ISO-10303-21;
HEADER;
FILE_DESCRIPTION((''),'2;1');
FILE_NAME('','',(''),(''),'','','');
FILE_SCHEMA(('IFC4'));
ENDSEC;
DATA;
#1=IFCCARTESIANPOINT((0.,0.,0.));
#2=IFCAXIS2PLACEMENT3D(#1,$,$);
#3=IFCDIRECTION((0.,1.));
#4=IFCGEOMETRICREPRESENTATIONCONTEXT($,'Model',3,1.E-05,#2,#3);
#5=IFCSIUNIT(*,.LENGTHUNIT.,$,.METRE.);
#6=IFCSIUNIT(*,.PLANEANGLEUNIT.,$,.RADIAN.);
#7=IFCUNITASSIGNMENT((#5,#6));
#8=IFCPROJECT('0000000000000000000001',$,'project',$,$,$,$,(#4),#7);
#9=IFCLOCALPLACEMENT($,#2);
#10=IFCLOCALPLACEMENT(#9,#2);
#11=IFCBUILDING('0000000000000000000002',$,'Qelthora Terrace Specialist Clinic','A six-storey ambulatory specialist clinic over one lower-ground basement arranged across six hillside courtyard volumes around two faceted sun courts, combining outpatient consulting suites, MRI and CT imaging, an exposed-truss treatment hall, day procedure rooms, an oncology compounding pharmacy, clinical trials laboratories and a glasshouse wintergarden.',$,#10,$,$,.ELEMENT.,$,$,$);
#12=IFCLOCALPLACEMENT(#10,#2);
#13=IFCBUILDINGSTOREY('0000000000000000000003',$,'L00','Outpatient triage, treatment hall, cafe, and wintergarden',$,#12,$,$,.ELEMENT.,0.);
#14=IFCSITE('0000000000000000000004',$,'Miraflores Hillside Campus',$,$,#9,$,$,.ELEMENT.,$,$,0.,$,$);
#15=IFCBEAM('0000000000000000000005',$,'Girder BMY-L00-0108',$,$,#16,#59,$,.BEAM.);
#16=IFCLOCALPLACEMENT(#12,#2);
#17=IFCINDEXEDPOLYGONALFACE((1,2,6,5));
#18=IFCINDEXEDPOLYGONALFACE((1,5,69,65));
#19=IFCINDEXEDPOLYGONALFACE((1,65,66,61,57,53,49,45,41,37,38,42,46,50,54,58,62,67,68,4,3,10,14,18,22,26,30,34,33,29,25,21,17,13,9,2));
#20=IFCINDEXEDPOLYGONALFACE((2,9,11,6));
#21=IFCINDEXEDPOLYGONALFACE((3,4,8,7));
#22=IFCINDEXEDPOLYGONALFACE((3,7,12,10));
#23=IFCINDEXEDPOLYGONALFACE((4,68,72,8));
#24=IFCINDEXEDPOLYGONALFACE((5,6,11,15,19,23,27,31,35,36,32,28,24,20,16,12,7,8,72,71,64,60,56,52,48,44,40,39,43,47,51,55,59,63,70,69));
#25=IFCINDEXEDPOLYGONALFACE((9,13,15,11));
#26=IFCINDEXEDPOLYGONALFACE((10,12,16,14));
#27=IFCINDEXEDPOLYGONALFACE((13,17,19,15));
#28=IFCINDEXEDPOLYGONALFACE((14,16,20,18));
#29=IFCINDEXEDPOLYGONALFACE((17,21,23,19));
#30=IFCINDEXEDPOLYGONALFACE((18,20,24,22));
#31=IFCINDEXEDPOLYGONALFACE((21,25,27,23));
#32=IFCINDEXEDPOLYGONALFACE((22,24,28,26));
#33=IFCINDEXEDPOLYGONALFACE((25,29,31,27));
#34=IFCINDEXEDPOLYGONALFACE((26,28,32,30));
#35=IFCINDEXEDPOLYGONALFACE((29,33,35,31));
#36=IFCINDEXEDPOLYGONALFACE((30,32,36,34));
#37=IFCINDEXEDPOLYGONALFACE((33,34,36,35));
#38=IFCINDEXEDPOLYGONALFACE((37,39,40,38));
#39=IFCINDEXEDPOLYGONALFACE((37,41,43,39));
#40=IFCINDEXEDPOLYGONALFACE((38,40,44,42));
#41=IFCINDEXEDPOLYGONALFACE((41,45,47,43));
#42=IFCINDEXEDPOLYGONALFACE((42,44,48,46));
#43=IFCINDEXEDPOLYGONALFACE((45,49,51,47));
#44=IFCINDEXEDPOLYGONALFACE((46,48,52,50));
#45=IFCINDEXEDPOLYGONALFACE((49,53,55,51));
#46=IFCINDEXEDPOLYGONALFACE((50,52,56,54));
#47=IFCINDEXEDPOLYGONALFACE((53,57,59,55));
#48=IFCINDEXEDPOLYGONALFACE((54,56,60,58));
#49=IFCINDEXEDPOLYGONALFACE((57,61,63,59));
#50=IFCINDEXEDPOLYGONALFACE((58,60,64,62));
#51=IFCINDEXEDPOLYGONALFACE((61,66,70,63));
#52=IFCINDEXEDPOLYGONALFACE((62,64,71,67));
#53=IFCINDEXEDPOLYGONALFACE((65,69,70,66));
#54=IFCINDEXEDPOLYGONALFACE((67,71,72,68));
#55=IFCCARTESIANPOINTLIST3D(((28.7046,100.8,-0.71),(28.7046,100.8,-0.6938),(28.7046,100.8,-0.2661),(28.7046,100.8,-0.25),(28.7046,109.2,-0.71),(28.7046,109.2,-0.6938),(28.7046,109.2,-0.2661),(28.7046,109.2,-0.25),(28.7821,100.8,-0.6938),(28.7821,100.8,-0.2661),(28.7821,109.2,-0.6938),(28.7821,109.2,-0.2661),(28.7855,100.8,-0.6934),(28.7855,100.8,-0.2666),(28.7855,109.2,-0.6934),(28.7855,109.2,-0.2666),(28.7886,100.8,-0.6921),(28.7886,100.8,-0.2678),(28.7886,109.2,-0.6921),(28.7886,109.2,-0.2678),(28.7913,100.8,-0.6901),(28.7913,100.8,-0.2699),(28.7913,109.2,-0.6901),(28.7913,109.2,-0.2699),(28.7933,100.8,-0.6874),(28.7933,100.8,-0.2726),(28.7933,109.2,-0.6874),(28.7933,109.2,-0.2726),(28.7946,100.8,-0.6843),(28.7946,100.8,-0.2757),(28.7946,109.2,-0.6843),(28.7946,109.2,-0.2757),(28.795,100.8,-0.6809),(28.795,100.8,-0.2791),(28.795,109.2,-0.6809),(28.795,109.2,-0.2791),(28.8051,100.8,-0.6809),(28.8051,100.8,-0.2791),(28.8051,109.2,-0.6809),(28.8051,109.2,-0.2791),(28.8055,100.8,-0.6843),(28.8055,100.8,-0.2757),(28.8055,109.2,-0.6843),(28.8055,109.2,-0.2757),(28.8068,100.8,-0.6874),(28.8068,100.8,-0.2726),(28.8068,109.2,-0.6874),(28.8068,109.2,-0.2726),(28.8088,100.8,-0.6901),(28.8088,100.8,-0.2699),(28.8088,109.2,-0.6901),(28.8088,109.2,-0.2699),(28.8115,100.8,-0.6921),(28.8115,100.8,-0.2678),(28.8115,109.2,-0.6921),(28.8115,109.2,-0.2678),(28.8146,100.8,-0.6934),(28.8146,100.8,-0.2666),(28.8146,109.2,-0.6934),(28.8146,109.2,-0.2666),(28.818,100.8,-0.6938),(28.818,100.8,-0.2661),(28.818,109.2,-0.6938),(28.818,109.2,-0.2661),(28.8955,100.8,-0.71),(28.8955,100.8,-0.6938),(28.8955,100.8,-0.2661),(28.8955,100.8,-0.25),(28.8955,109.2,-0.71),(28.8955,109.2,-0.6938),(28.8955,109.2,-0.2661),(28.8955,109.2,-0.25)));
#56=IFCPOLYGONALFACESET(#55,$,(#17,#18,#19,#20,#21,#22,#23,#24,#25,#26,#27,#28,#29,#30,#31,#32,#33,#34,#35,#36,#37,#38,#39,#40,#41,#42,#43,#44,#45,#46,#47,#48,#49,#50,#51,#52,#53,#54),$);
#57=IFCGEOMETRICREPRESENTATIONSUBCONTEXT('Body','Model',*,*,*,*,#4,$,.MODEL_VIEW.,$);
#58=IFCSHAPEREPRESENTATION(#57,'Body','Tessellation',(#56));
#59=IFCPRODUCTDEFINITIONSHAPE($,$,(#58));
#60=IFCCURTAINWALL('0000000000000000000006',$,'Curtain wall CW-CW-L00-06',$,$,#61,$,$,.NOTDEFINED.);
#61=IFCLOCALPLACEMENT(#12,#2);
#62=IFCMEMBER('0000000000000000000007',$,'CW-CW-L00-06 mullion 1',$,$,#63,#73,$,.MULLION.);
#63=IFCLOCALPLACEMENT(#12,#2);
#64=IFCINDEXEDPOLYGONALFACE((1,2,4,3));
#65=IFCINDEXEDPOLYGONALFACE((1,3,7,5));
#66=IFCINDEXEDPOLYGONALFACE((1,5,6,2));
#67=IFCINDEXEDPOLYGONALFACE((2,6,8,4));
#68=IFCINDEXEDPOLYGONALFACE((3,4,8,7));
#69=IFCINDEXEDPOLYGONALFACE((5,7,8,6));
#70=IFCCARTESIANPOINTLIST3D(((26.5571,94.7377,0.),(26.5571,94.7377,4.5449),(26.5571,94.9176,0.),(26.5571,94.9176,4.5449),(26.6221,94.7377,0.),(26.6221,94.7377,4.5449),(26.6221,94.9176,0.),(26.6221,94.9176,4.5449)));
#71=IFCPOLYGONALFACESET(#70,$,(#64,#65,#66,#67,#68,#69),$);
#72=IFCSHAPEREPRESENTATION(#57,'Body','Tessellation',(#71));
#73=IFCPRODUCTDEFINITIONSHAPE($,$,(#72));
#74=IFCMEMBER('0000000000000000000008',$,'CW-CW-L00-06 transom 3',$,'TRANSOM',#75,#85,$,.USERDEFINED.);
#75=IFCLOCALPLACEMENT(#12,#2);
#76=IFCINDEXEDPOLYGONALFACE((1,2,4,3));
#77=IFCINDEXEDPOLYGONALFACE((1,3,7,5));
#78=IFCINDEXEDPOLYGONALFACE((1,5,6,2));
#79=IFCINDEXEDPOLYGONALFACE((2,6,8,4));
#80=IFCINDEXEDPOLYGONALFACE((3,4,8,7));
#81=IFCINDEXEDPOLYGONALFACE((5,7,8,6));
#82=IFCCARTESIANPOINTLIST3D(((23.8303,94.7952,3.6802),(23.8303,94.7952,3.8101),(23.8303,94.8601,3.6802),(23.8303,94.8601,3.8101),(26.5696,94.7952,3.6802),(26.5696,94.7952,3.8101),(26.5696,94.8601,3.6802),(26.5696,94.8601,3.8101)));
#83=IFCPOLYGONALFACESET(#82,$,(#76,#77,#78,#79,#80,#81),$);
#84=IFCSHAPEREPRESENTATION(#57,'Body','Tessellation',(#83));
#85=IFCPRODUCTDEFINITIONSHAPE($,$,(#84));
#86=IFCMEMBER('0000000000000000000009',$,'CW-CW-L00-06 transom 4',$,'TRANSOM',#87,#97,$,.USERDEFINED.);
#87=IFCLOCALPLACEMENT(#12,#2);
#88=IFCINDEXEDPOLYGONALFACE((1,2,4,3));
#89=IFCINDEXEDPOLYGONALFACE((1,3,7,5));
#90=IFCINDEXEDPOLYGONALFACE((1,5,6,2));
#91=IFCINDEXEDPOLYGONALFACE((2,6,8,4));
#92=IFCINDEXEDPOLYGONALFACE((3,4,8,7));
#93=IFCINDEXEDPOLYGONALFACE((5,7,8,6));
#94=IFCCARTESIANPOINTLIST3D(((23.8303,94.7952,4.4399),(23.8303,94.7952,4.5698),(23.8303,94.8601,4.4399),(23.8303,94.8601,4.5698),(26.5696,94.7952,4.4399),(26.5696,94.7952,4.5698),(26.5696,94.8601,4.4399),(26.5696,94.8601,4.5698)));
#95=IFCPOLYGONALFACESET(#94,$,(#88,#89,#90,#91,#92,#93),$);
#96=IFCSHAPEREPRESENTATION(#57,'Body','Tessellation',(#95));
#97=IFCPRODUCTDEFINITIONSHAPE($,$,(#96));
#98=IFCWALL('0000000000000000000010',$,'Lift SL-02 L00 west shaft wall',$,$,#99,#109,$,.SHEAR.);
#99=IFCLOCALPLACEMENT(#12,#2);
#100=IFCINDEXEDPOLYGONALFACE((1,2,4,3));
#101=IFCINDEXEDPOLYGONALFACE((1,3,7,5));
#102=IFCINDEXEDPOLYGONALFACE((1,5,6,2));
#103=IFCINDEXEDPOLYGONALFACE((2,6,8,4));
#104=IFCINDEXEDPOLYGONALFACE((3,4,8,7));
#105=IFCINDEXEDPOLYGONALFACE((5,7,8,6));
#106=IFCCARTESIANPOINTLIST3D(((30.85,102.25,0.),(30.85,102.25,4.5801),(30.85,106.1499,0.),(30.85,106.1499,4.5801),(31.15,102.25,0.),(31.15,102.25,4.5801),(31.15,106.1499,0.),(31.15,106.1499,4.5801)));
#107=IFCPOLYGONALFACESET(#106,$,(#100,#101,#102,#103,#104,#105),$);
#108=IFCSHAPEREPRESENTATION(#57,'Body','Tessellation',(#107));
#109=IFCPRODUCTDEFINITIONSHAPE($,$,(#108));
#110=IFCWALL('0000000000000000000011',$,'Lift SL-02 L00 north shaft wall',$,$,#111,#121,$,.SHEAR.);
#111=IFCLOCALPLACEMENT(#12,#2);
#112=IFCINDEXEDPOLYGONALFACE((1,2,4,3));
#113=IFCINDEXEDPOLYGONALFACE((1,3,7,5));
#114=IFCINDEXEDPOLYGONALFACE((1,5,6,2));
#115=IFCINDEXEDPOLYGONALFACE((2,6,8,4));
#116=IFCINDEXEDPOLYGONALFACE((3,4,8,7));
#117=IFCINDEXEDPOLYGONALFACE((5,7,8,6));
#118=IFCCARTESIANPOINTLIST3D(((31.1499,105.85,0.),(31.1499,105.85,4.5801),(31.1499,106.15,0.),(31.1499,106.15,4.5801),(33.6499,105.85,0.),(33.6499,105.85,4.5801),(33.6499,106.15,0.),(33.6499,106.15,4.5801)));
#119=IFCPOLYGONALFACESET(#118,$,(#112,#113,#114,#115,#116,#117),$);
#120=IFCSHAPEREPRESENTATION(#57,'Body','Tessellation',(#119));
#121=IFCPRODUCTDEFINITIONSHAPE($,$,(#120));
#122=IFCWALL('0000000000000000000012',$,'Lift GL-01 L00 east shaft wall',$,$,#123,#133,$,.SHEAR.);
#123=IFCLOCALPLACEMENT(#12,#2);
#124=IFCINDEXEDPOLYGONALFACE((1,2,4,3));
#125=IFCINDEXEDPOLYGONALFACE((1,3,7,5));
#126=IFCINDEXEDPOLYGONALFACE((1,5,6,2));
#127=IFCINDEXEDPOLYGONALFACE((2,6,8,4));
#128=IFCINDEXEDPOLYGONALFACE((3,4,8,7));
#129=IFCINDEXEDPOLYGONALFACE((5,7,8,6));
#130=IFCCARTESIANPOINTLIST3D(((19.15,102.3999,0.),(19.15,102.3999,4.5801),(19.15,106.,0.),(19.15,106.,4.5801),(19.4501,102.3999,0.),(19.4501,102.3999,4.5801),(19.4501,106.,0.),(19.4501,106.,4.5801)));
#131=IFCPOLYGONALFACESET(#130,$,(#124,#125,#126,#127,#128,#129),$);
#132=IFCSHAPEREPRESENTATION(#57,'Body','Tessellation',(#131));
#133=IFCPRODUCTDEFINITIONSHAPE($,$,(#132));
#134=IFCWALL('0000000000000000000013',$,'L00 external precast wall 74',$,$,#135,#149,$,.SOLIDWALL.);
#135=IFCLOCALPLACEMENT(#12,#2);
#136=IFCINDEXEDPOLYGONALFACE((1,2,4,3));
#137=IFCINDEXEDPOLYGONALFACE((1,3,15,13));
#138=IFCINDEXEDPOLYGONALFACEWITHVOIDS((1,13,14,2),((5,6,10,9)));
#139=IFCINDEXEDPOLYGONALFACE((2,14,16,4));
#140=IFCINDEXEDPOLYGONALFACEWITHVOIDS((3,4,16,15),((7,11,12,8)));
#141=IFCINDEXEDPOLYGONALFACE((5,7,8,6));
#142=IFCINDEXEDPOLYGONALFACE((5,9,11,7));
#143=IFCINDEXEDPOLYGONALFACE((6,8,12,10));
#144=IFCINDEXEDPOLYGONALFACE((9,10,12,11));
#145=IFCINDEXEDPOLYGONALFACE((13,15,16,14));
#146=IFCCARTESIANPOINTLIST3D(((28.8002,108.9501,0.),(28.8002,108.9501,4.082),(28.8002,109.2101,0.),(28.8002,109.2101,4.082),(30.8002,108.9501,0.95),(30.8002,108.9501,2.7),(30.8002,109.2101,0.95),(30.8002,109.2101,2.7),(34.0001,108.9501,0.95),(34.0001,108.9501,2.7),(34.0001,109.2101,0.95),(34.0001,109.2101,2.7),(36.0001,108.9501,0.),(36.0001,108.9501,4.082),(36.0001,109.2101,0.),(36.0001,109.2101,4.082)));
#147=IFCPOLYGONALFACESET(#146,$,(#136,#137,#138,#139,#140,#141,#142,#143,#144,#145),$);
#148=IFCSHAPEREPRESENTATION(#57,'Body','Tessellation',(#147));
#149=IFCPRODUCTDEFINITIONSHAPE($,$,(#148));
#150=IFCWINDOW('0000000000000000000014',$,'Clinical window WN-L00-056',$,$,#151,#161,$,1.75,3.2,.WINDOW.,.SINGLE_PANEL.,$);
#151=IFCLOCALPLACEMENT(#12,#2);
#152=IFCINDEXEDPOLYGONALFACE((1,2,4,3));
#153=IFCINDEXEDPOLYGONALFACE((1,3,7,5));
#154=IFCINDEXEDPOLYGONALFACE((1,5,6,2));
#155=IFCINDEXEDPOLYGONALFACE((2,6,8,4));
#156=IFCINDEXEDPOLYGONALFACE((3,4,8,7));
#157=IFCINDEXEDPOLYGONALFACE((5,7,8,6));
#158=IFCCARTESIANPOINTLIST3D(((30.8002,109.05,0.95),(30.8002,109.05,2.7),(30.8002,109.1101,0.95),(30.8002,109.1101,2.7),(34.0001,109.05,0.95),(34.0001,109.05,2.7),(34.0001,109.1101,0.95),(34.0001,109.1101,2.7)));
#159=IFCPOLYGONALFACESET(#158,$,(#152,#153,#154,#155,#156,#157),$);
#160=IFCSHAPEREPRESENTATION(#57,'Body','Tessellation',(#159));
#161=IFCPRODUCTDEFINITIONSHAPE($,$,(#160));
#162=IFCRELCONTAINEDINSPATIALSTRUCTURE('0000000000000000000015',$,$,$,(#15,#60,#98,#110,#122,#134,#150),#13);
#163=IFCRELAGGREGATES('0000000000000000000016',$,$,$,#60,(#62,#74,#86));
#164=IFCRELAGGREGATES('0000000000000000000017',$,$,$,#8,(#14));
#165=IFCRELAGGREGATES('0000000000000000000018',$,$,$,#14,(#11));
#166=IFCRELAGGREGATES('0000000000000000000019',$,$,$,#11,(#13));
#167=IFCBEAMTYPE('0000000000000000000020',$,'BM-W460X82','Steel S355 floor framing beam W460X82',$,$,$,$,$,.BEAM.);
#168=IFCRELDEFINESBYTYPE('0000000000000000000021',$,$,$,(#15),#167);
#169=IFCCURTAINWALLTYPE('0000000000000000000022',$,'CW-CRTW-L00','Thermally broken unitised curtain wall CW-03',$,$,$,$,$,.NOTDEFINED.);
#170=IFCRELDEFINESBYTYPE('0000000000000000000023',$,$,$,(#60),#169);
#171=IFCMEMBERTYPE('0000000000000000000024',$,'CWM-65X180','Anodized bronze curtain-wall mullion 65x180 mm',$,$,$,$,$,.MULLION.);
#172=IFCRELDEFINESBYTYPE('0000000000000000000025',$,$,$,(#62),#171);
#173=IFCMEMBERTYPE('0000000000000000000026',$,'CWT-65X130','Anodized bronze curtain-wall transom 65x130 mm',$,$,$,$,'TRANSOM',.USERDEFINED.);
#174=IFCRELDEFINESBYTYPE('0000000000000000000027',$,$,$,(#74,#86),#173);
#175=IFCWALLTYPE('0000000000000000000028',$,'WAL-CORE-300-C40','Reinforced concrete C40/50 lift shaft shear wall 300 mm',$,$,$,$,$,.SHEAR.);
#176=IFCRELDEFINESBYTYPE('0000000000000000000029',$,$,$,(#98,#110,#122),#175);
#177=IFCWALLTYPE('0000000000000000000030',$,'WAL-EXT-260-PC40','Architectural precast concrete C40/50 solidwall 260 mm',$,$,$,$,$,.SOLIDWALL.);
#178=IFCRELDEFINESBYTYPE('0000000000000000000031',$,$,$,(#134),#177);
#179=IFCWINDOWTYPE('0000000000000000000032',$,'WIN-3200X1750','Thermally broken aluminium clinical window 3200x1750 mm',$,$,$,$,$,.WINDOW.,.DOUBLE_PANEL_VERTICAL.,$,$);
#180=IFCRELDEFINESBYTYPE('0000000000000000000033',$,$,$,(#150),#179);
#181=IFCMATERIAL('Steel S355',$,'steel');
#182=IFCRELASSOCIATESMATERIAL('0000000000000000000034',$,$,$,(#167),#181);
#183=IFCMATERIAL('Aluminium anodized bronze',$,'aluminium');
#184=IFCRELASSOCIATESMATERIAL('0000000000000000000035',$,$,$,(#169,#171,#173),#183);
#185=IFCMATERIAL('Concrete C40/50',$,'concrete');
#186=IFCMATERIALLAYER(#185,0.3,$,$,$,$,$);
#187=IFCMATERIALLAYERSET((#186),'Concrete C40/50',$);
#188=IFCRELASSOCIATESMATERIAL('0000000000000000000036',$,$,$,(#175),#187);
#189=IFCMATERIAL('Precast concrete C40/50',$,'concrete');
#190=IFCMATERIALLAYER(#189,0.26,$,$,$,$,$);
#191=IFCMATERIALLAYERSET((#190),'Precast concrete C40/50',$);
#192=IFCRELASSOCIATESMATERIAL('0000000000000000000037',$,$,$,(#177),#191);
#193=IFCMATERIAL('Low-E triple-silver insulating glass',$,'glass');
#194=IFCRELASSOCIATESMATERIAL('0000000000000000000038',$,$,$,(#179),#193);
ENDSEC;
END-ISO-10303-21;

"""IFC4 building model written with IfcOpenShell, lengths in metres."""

from ifc_helpers import new_model, si_unit, direction, frame, frame_2d, origin, origin_2d, place, context, subcontext, project, spatial, rectangle, i_section, extrude, material, layer, layer_set, material_profile, profile_set, type_object, element, fill, aggregate, save


model = new_model("IFC4")

# Units and contexts
model_context = context("Model", 3, precision=1e-05, world=origin(), true_north=direction((0.0, 1.0)))
body_context = subcontext(model_context, "Body", "Model", "MODEL_VIEW")
ifc_project = project(units=[si_unit("LENGTHUNIT", "METRE"), si_unit("PLANEANGLEUNIT", "RADIAN")], contexts=[model_context])

# Site, building, storey
site_placement = place(None, origin())
site = spatial("IfcSite", under=ifc_project, at=site_placement, Name="Miraflores Hillside Campus", CompositionType="ELEMENT", RefElevation=0.0)
building_placement = place(site_placement, origin())
building = spatial("IfcBuilding", under=site, at=building_placement, Name="Qelthora Terrace Specialist Clinic", Description="A six-storey ambulatory specialist clinic over one lower-ground basement arranged across six hillside courtyard volumes around two faceted sun courts, combining outpatient consulting suites, MRI and CT imaging, an exposed-truss treatment hall, day procedure rooms, an oncology compounding pharmacy, clinical trials laboratories and a glasshouse wintergarden.", CompositionType="ELEMENT")
storey_placement = place(building_placement, origin())
storey = spatial("IfcBuildingStorey", under=building, at=storey_placement, Name="L00", Description="Outpatient triage, treatment hall, cafe, and wintergarden", CompositionType="ELEMENT", Elevation=0.0)

# Shared definitions
ifc_material_1 = material(Name="Steel S355", Category="steel")

# Beam
ifc_material_profile_1 = material_profile(ifc_material_1, i_section(OverallWidth=0.1909, OverallDepth=0.46, WebThickness=0.01, FlangeThickness=0.0161, FilletRadius=0.0129, at=origin_2d()), Name="W460X82")
ifc_profile_set_1 = profile_set([ifc_material_profile_1], Name="Steel S355")
beam_type_1 = type_object("IfcBeamType", Name="BM-W460X82", Description="Steel S355 floor framing beam W460X82", PredefinedType="BEAM", material=ifc_profile_set_1)
beam_1_placement = place(storey_placement, frame((28.8, 100.8, -0.48), z_axis=(0.0, 1.0, 0.0), x_axis=(-1.0, 0.0, 0.0)))
element("IfcBeam", 1, at=beam_1_placement, inside=storey, type_object=beam_type_1, Name="Girder BMY-L00-0108", PredefinedType="BEAM", context=body_context, shape_type="SweptSolid", body=[
    extrude(i_section(OverallWidth=0.1909, OverallDepth=0.46, WebThickness=0.01, FlangeThickness=0.0161, FilletRadius=0.0129, at=origin_2d()), origin(), (0.0, 0.0, 1.0), 8.3999),
])

# Curtain wall, members
ifc_material_2 = material(Name="Aluminium anodized bronze", Category="aluminium")
curtain_wall_type = type_object("IfcCurtainWallType", Name="CW-CRTW-L00", Description="Thermally broken unitised curtain wall CW-03", PredefinedType="NOTDEFINED", material=ifc_material_2)
curtain_wall_placement = place(storey_placement, origin())
curtain_wall = element("IfcCurtainWall", 2, at=curtain_wall_placement, inside=storey, type_object=curtain_wall_type, Name="Curtain wall CW-CW-L00-06", PredefinedType="NOTDEFINED")
ifc_material_profile_2 = material_profile(ifc_material_2, rectangle(XDim=0.0649, YDim=0.1799, at=origin_2d()), Name="CWM65X180")
ifc_profile_set_2 = profile_set([ifc_material_profile_2], Name="Aluminium anodized bronze")
member_type_1 = type_object("IfcMemberType", Name="CWM-65X180", Description="Anodized bronze curtain-wall mullion 65x180 mm", PredefinedType="MULLION", material=ifc_profile_set_2)
member_1_placement = place(storey_placement, frame((26.5896, 94.8276, 0.0), z_axis=(0.0, 0.0, 1.0), x_axis=(-1.0, 0.0, 0.0)))
member_1 = element("IfcMember", 3, at=member_1_placement, type_object=member_type_1, Name="CW-CW-L00-06 mullion 1", PredefinedType="MULLION", context=body_context, shape_type="SweptSolid", body=[
    extrude(rectangle(XDim=0.0649, YDim=0.1799, at=origin_2d()), origin(), (0.0, 0.0, 1.0), 4.5449),
])
ifc_material_profile_3 = material_profile(ifc_material_2, rectangle(XDim=0.0649, YDim=0.1299, at=origin_2d()), Name="CWT65X130")
ifc_profile_set_3 = profile_set([ifc_material_profile_3], Name="Aluminium anodized bronze")
member_type_2 = type_object("IfcMemberType", Name="CWT-65X130", Description="Anodized bronze curtain-wall transom 65x130 mm", ElementType="TRANSOM", PredefinedType="USERDEFINED", material=ifc_profile_set_3)
member_2_placement = place(storey_placement, frame((26.5696, 94.8276, 3.7451), z_axis=(-1.0, 0.0, 0.0), x_axis=(0.0, -1.0, 0.0)))
member_2 = element("IfcMember", 4, at=member_2_placement, type_object=member_type_2, Name="CW-CW-L00-06 transom 3", ObjectType="TRANSOM", PredefinedType="USERDEFINED", context=body_context, shape_type="SweptSolid", body=[
    extrude(rectangle(XDim=0.0649, YDim=0.1299, at=origin_2d()), origin(), (0.0, 0.0, 1.0), 2.7393),
])
member_3_placement = place(storey_placement, frame((26.5696, 94.8276, 4.5049), z_axis=(-1.0, 0.0, 0.0), x_axis=(0.0, -1.0, 0.0)))
member_3 = element("IfcMember", 5, at=member_3_placement, type_object=member_type_2, Name="CW-CW-L00-06 transom 4", ObjectType="TRANSOM", PredefinedType="USERDEFINED", context=body_context, shape_type="SweptSolid", body=[
    extrude(rectangle(XDim=0.0649, YDim=0.1299, at=origin_2d()), origin(), (0.0, 0.0, 1.0), 2.7393),
])
aggregate(curtain_wall, [member_1, member_2, member_3])

# Walls
ifc_material_3 = material(Name="Concrete C40/50", Category="concrete")
ifc_layer_1 = layer(ifc_material_3, 0.3)
ifc_layer_set_1 = layer_set([ifc_layer_1], Name="Concrete C40/50")
wall_type_1 = type_object("IfcWallType", Name="WAL-CORE-300-C40", Description="Reinforced concrete C40/50 lift shaft shear wall 300 mm", PredefinedType="SHEAR", material=ifc_layer_set_1)
wall_1_placement = place(storey_placement, frame((31.0, 102.25, 0.0), z_axis=(0.0, 0.0, 1.0), x_axis=(0.0, 1.0, 0.0)))
element("IfcWall", 6, at=wall_1_placement, inside=storey, type_object=wall_type_1, Name="Lift SL-02 L00 west shaft wall", PredefinedType="SHEAR", context=body_context, shape_type="SweptSolid", body=[
    extrude(rectangle(XDim=3.8999, YDim=0.3, at=frame_2d((1.95, 0.0))), origin(), (0.0, 0.0, 1.0), 4.5801),
])
wall_2_placement = place(storey_placement, frame((31.1499, 106.0, 0.0), z_axis=(0.0, 0.0, 1.0), x_axis=(1.0, 0.0, 0.0)))
element("IfcWall", 7, at=wall_2_placement, inside=storey, type_object=wall_type_1, Name="Lift SL-02 L00 north shaft wall", PredefinedType="SHEAR", context=body_context, shape_type="SweptSolid", body=[
    extrude(rectangle(XDim=2.5, YDim=0.3, at=frame_2d((1.25, 0.0))), origin(), (0.0, 0.0, 1.0), 4.5801),
])

# Wall
wall_3_placement = place(storey_placement, frame((19.3, 102.3999, 0.0), z_axis=(0.0, 0.0, 1.0), x_axis=(0.0, 1.0, 0.0)))
element("IfcWall", 8, at=wall_3_placement, inside=storey, type_object=wall_type_1, Name="Lift GL-01 L00 east shaft wall", PredefinedType="SHEAR", context=body_context, shape_type="SweptSolid", body=[
    extrude(rectangle(XDim=3.6001, YDim=0.3, at=frame_2d((1.8, 0.0))), origin(), (0.0, 0.0, 1.0), 4.5801),
])

# Wall, opening, window
ifc_material_4 = material(Name="Precast concrete C40/50", Category="concrete")
ifc_layer_2 = layer(ifc_material_4, 0.26)
ifc_layer_set_2 = layer_set([ifc_layer_2], Name="Precast concrete C40/50")
wall_type_2 = type_object("IfcWallType", Name="WAL-EXT-260-PC40", Description="Architectural precast concrete C40/50 solidwall 260 mm", PredefinedType="SOLIDWALL", material=ifc_layer_set_2)
wall_4_placement = place(storey_placement, frame((28.8, 109.0801, 0.0), z_axis=(0.0, 0.0, 1.0), x_axis=(1.0, 0.0, 0.0)))
wall_4 = element("IfcWall", 9, at=wall_4_placement, inside=storey, type_object=wall_type_2, Name="L00 external precast wall 74", PredefinedType="SOLIDWALL", context=body_context, shape_type="SweptSolid", body=[
    extrude(rectangle(XDim=7.2, YDim=0.26, at=frame_2d((3.6001, 0.0))), origin(), (0.0, 0.0, 1.0), 4.082),
])
opening_1_placement = place(wall_4_placement, frame((2.0, 0.0, 0.95)))
opening_1 = element("IfcOpeningElement", 10, at=opening_1_placement, cuts=wall_4, PredefinedType="OPENING", context=body_context, shape_type="SweptSolid", body=[
    extrude(rectangle(XDim=3.2, YDim=1.75, at=frame_2d((1.6001, 0.875))), frame((0.0, 0.1399, 0.0), z_axis=(0.0, -1.0, 0.0), x_axis=(1.0, 0.0, 0.0)), (0.0, 0.0, 1.0), 0.28),
])
ifc_material_5 = material(Name="Low-E triple-silver insulating glass", Category="glass")
window_type_1 = type_object("IfcWindowType", Name="WIN-3200X1750", Description="Thermally broken aluminium clinical window 3200x1750 mm", PartitioningType="DOUBLE_PANEL_VERTICAL", PredefinedType="WINDOW", material=ifc_material_5)
window_1_placement = place(opening_1_placement, origin())
window_1 = element("IfcWindow", 11, at=window_1_placement, inside=storey, type_object=window_type_1, Name="Clinical window WN-L00-056", OverallHeight=1.75, OverallWidth=3.2, PartitioningType="SINGLE_PANEL", PredefinedType="WINDOW", context=body_context, shape_type="SweptSolid", body=[
    extrude(rectangle(XDim=3.2, YDim=1.75, at=frame_2d((1.6001, 0.875))), frame((0.0, 0.03, 0.0), z_axis=(0.0, -1.0, 0.0), x_axis=(1.0, 0.0, 0.0)), (0.0, 0.0, 1.0), 0.0601),
])
fill(opening_1, window_1)

save(model, "model.ifc")
